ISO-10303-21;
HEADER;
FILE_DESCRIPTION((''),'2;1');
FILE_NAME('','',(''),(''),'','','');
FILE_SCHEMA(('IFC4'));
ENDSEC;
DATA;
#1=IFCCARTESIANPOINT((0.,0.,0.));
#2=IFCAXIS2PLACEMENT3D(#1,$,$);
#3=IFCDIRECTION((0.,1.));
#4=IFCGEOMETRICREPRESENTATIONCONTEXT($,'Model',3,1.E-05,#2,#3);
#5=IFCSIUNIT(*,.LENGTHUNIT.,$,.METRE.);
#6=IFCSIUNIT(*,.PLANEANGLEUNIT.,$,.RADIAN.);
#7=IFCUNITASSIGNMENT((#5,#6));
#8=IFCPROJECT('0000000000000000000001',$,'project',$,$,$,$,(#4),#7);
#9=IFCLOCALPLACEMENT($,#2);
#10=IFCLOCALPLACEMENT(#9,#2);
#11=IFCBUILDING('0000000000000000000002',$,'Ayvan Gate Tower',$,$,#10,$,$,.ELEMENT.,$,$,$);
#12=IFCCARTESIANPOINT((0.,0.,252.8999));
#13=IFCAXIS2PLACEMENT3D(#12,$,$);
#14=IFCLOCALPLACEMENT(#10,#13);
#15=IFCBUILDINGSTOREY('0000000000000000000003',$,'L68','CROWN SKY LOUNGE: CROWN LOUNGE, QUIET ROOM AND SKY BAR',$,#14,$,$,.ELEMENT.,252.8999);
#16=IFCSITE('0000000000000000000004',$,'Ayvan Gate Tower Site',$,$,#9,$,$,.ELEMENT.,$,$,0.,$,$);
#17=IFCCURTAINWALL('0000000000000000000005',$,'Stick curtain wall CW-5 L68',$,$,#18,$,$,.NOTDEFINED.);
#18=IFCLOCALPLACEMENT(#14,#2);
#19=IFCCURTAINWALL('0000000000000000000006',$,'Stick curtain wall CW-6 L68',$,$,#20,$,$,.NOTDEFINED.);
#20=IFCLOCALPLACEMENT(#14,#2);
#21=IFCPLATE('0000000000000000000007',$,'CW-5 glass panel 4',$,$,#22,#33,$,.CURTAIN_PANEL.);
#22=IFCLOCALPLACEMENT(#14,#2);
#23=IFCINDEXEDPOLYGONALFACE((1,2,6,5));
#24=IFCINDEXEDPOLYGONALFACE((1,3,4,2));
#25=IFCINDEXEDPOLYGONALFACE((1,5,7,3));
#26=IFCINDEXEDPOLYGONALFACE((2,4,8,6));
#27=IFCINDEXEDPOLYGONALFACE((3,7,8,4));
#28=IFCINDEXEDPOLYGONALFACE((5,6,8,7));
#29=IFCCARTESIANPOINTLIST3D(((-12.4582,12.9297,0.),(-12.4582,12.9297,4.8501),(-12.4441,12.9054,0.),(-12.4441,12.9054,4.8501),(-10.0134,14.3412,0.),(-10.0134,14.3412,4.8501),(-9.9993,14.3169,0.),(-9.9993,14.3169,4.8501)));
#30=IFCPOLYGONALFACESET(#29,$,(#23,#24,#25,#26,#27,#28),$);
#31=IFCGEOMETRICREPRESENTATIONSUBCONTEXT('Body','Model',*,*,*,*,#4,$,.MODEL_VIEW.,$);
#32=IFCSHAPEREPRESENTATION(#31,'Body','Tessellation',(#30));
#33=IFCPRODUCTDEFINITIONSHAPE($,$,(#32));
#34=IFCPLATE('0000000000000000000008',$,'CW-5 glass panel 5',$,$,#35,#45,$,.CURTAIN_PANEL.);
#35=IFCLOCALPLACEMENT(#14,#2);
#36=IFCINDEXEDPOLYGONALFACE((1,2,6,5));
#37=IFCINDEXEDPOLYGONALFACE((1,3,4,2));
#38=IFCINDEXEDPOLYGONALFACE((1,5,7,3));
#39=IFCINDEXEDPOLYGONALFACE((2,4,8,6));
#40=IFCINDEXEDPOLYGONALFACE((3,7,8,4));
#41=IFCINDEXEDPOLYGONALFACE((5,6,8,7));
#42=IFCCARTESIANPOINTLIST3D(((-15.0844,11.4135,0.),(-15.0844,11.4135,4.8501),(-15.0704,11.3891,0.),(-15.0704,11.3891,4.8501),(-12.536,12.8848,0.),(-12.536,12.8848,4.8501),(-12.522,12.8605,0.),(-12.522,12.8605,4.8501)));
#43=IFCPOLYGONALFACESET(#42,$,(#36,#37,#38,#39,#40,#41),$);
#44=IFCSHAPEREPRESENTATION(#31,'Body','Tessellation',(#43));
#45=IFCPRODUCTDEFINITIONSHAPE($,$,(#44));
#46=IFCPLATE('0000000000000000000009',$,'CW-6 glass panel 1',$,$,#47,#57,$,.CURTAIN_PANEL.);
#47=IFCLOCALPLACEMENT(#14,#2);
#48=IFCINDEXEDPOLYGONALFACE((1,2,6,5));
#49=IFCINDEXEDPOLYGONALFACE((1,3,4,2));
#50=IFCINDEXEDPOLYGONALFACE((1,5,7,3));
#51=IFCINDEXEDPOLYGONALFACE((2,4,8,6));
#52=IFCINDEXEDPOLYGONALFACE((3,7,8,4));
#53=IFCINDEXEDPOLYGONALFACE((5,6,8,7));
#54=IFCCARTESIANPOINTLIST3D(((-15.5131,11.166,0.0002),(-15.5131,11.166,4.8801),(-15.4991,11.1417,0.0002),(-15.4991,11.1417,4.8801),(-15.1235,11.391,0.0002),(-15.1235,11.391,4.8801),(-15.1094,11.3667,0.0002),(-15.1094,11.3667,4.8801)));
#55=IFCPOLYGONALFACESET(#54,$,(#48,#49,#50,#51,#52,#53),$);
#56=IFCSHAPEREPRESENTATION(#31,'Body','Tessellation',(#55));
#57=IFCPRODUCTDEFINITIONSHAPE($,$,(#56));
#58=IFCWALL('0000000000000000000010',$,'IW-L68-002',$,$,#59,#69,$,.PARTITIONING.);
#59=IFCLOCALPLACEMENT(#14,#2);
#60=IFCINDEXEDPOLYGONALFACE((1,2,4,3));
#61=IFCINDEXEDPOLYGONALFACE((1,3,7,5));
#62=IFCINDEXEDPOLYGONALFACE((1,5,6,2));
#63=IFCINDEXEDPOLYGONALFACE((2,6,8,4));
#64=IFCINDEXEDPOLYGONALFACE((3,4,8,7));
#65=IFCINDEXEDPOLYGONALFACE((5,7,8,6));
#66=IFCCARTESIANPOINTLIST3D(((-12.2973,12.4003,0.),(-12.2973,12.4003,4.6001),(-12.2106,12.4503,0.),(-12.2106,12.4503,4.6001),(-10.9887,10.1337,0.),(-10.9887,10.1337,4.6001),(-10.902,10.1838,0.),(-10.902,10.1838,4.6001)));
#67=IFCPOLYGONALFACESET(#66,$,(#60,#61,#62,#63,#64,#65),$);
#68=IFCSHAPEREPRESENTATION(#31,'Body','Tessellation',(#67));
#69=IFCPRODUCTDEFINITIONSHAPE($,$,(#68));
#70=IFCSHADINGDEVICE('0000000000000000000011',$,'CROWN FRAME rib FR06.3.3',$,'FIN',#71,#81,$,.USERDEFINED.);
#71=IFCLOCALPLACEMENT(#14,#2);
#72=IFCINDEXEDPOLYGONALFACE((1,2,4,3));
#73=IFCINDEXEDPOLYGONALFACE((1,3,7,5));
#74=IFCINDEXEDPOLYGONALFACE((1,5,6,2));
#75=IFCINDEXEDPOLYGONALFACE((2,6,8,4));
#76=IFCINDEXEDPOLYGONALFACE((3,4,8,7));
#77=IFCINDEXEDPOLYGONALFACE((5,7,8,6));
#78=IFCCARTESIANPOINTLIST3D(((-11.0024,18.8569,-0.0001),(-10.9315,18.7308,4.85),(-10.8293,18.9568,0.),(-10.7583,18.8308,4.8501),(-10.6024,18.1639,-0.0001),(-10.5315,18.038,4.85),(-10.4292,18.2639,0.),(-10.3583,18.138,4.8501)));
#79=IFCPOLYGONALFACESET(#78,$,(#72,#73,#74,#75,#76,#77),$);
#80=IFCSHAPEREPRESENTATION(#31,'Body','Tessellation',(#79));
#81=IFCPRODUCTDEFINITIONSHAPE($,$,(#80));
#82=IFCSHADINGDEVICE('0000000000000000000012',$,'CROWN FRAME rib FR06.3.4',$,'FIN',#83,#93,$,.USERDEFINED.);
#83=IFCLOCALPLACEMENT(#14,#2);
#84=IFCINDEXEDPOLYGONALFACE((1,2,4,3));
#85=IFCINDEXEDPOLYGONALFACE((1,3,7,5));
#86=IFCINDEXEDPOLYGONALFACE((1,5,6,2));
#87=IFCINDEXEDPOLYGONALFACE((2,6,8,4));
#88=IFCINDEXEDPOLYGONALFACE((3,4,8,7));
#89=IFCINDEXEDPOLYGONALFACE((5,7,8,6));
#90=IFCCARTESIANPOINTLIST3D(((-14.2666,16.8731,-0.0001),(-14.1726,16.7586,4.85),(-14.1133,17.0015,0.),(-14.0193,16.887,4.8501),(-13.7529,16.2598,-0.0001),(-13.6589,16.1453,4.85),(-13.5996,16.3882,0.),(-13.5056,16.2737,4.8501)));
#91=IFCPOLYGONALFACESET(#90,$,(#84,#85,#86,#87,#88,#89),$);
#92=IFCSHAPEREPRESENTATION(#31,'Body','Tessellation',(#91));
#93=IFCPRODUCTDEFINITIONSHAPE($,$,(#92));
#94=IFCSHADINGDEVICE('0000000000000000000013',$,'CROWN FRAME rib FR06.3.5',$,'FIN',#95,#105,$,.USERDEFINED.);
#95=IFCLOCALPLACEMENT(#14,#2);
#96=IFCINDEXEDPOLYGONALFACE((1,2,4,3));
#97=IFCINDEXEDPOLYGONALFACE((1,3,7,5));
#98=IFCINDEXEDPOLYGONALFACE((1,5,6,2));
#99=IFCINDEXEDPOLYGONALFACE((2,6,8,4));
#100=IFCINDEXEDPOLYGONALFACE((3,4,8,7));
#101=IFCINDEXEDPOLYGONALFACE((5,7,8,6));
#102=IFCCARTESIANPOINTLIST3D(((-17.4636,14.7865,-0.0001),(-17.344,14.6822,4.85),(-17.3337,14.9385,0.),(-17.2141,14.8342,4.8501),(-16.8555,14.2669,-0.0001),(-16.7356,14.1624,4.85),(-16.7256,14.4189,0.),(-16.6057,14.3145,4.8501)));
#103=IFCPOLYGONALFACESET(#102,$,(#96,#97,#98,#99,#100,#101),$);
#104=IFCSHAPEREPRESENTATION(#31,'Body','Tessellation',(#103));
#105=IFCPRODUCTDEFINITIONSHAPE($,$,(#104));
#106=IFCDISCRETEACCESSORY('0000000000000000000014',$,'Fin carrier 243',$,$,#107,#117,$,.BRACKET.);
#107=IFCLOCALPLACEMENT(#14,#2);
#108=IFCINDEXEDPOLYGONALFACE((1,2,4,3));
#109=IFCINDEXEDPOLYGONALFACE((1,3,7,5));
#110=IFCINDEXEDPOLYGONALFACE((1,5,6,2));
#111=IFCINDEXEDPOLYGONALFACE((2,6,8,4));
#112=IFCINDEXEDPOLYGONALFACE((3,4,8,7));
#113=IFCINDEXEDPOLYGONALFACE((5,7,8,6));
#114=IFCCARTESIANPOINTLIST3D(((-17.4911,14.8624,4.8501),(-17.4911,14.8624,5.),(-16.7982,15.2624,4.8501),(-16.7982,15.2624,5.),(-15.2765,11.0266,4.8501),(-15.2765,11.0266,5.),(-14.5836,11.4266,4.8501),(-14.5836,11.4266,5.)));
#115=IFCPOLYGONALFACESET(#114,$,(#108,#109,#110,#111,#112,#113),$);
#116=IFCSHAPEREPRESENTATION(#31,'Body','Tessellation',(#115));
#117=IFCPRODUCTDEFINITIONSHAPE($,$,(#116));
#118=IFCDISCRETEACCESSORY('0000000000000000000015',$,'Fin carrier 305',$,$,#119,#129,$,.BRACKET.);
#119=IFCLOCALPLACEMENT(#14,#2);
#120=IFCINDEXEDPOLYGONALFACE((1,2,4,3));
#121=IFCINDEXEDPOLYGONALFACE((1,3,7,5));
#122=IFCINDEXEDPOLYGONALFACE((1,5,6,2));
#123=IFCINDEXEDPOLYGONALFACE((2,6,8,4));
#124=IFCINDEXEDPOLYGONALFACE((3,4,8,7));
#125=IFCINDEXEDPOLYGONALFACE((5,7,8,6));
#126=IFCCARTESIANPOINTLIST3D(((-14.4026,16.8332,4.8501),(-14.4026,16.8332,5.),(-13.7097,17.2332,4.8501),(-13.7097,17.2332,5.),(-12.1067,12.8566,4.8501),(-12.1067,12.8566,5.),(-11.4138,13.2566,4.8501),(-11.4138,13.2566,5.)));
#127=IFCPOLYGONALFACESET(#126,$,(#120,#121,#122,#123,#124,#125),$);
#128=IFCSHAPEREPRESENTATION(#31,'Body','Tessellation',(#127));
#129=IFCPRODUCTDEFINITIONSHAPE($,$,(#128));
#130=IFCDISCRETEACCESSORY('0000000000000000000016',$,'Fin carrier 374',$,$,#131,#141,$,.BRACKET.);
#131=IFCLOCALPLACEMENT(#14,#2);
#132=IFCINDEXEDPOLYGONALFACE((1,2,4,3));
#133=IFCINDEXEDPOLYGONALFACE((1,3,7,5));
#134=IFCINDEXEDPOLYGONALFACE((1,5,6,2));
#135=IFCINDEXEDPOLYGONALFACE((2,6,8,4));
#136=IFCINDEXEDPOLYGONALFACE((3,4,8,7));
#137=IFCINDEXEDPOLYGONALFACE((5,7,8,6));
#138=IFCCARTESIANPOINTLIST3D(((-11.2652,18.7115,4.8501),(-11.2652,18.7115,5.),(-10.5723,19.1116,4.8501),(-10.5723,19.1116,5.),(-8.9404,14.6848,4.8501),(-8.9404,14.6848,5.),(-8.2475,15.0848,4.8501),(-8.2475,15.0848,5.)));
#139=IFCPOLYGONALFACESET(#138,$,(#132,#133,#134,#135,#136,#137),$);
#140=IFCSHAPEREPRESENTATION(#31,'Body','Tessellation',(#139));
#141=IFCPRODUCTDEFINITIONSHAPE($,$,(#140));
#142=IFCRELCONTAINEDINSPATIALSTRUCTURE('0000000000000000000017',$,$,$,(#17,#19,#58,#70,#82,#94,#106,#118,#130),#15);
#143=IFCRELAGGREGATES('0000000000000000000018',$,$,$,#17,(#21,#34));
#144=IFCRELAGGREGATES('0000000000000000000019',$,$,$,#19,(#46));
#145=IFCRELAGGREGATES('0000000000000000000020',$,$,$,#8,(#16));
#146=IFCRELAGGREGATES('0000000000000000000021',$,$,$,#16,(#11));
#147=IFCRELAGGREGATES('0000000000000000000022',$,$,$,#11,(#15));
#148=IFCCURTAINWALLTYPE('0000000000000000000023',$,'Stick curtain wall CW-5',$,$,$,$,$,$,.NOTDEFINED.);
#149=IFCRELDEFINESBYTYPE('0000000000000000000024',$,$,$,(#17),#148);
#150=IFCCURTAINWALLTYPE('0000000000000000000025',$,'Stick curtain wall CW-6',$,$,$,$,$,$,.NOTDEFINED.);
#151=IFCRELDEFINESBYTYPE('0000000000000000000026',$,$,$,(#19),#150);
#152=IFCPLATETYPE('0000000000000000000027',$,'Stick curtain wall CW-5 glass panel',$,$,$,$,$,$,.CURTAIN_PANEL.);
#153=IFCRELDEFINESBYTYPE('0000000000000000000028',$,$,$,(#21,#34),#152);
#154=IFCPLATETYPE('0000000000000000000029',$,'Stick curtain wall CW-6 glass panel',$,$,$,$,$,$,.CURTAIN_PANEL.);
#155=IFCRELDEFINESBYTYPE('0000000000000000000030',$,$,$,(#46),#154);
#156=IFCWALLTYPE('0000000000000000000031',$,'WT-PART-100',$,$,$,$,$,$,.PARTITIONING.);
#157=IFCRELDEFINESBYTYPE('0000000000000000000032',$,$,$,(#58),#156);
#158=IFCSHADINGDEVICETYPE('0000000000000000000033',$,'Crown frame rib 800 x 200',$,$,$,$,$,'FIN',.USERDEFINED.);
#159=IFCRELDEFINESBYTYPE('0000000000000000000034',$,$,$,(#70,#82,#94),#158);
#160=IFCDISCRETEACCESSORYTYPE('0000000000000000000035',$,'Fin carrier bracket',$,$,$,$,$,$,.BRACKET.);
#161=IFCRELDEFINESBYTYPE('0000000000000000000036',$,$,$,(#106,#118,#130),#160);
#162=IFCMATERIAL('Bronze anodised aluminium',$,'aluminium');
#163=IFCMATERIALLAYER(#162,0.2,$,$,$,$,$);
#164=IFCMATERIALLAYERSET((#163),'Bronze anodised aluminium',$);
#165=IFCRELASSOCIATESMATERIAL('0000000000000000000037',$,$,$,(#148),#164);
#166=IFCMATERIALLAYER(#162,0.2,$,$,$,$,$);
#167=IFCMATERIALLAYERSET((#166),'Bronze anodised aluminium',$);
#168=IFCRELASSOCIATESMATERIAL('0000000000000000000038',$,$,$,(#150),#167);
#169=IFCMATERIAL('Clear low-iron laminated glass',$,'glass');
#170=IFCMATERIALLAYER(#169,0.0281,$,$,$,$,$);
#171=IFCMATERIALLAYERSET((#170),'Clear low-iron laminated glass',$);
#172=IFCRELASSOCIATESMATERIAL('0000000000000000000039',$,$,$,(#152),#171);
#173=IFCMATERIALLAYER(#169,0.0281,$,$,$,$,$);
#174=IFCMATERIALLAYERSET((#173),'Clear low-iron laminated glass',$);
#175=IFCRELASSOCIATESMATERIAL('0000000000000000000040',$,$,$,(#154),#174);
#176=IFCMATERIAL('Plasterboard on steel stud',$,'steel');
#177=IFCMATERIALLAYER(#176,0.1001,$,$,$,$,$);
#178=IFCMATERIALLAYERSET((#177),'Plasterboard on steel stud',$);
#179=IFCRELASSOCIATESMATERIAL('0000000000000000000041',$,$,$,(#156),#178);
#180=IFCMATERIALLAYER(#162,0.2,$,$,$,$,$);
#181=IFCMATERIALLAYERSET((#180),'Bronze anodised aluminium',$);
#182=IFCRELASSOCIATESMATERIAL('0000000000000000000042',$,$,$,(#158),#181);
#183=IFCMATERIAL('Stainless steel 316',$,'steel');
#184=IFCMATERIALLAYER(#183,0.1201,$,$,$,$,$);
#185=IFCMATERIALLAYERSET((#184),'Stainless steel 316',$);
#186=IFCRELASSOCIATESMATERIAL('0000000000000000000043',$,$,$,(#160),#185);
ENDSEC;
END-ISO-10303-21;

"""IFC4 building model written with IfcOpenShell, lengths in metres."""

from ifc_helpers import new_model, si_unit, direction, frame, frame_2d, origin, origin_2d, place, context, subcontext, project, spatial, polyline, rectangle, outline, extrude, material, layer, layer_set, type_object, element, aggregate, save


model = new_model("IFC4")

# Units and contexts
model_context = context("Model", 3, precision=1e-05, world=origin(), true_north=direction((0.0, 1.0)))
body_context = subcontext(model_context, "Body", "Model", "MODEL_VIEW")
ifc_project = project(units=[si_unit("LENGTHUNIT", "METRE"), si_unit("PLANEANGLEUNIT", "RADIAN")], contexts=[model_context])

# Site, building, storey
site_placement = place(None, origin())
site = spatial("IfcSite", under=ifc_project, at=site_placement, Name="Ayvan Gate Tower Site", CompositionType="ELEMENT", RefElevation=0.0)
building_placement = place(site_placement, origin())
building = spatial("IfcBuilding", under=site, at=building_placement, Name="Ayvan Gate Tower", CompositionType="ELEMENT")
storey_placement = place(building_placement, frame((0.0, 0.0, 252.8999)))
storey = spatial("IfcBuildingStorey", under=building, at=storey_placement, Name="L68", Description="CROWN SKY LOUNGE: CROWN LOUNGE, QUIET ROOM AND SKY BAR", CompositionType="ELEMENT", Elevation=252.8999)

# Curtain walls
ifc_material_1 = material(Name="Bronze anodised aluminium", Category="aluminium")
ifc_layer_1 = layer(ifc_material_1, 0.2)
ifc_layer_set_1 = layer_set([ifc_layer_1], Name="Bronze anodised aluminium")
curtain_wall_type_1 = type_object("IfcCurtainWallType", Name="Stick curtain wall CW-5", PredefinedType="NOTDEFINED", material=ifc_layer_set_1)
curtain_wall_1_placement = place(storey_placement, origin())
curtain_wall_1 = element("IfcCurtainWall", 1, at=curtain_wall_1_placement, inside=storey, type_object=curtain_wall_type_1, Name="Stick curtain wall CW-5 L68", PredefinedType="NOTDEFINED")
ifc_layer_2 = layer(ifc_material_1, 0.2)
ifc_layer_set_2 = layer_set([ifc_layer_2], Name="Bronze anodised aluminium")
curtain_wall_type_2 = type_object("IfcCurtainWallType", Name="Stick curtain wall CW-6", PredefinedType="NOTDEFINED", material=ifc_layer_set_2)
curtain_wall_2_placement = place(storey_placement, origin())
curtain_wall_2 = element("IfcCurtainWall", 2, at=curtain_wall_2_placement, inside=storey, type_object=curtain_wall_type_2, Name="Stick curtain wall CW-6 L68", PredefinedType="NOTDEFINED")

# Plates
ifc_material_2 = material(Name="Clear low-iron laminated glass", Category="glass")
ifc_layer_3 = layer(ifc_material_2, 0.0281)
ifc_layer_set_3 = layer_set([ifc_layer_3], Name="Clear low-iron laminated glass")
plate_type_1 = type_object("IfcPlateType", Name="Stick curtain wall CW-5 glass panel", PredefinedType="CURTAIN_PANEL", material=ifc_layer_set_3)
plate_1_placement = place(storey_placement, frame((-11.2288, 13.6233, 0.0), z_axis=(0.0, 0.0, 1.0), x_axis=(-0.866025, -0.5, 0.0)))
plate_1 = element("IfcPlate", 3, at=plate_1_placement, type_object=plate_type_1, Name="CW-5 glass panel 4", PredefinedType="CURTAIN_PANEL", context=body_context, shape_type="SweptSolid", body=[
    extrude(rectangle(XDim=2.823, YDim=0.0281, at=origin_2d()), origin(), (0.0, 0.0, 1.0), 4.8501),
])
plate_2_placement = place(storey_placement, frame((-13.8032, 12.137, 0.0), z_axis=(0.0, 0.0, 1.0), x_axis=(-0.866025, -0.5, 0.0)))
plate_2 = element("IfcPlate", 4, at=plate_2_placement, type_object=plate_type_1, Name="CW-5 glass panel 5", PredefinedType="CURTAIN_PANEL", context=body_context, shape_type="SweptSolid", body=[
    extrude(rectangle(XDim=2.9426, YDim=0.0281, at=origin_2d()), origin(), (0.0, 0.0, 1.0), 4.8501),
])
aggregate(curtain_wall_1, [plate_1, plate_2])
ifc_layer_4 = layer(ifc_material_2, 0.0281)
ifc_layer_set_4 = layer_set([ifc_layer_4], Name="Clear low-iron laminated glass")
plate_type_2 = type_object("IfcPlateType", Name="Stick curtain wall CW-6 glass panel", PredefinedType="CURTAIN_PANEL", material=ifc_layer_set_4)
plate_3_placement = place(storey_placement, frame((-15.3113, 11.2664, 0.0002), z_axis=(0.0, 0.0, 1.0), x_axis=(-0.866025, -0.5, 0.0)))
plate_3 = element("IfcPlate", 5, at=plate_3_placement, type_object=plate_type_2, Name="CW-6 glass panel 1", PredefinedType="CURTAIN_PANEL", context=body_context, shape_type="SweptSolid", body=[
    extrude(rectangle(XDim=0.45, YDim=0.0281, at=origin_2d()), origin(), (0.0, 0.0, 1.0), 4.8799),
])
aggregate(curtain_wall_2, [plate_3])

# Wall
ifc_material_3 = material(Name="Plasterboard on steel stud", Category="steel")
ifc_layer_5 = layer(ifc_material_3, 0.1001)
ifc_layer_set_5 = layer_set([ifc_layer_5], Name="Plasterboard on steel stud")
wall_type = type_object("IfcWallType", Name="WT-PART-100", PredefinedType="PARTITIONING", material=ifc_layer_set_5)
wall_placement = place(storey_placement, frame((-12.2539, 12.4253, 0.0), z_axis=(0.0, 0.0, 1.0), x_axis=(0.499992, -0.86603, 0.0)))
element("IfcWall", 6, at=wall_placement, inside=storey, type_object=wall_type, Name="IW-L68-002", PredefinedType="PARTITIONING", context=body_context, shape_type="SweptSolid", body=[
    extrude(rectangle(XDim=2.6172, YDim=0.1001, at=frame_2d((1.3086, 0.0))), origin(), (0.0, 0.0, 1.0), 4.6001),
])

# Shading devices
ifc_layer_6 = layer(ifc_material_1, 0.2)
ifc_layer_set_6 = layer_set([ifc_layer_6], Name="Bronze anodised aluminium")
shading_device_type = type_object("IfcShadingDeviceType", Name="Crown frame rib 800 x 200", ElementType="FIN", PredefinedType="USERDEFINED", material=ifc_layer_set_6)
shading_device_1_placement = place(storey_placement, frame((-10.4292, 18.2639, 0.0), z_axis=(0.866028, 0.499995, 0.000323), x_axis=(-0.499995, 0.866028, 0.0)))
element("IfcShadingDevice", 7, at=shading_device_1_placement, inside=storey, type_object=shading_device_type, Name="CROWN FRAME rib FR06.3.3", ObjectType="FIN", PredefinedType="USERDEFINED", context=body_context, shape_type="SweptSolid", body=[
    extrude(outline(polyline([(0.0, 0.0), (0.8001, 0.0), (0.6555, 4.8501), (-0.1445, 4.8501), (0.0, 0.0)])), origin(), (0.0, 0.0, -1.0), 0.2),
])
shading_device_2_placement = place(storey_placement, frame((-13.5996, 16.3882, 0.0), z_axis=(0.766618, 0.642104, 0.000302), x_axis=(-0.642104, 0.766618, 0.0)))
element("IfcShadingDevice", 8, at=shading_device_2_placement, inside=storey, type_object=shading_device_type, Name="CROWN FRAME rib FR06.3.4", ObjectType="FIN", PredefinedType="USERDEFINED", context=body_context, shape_type="SweptSolid", body=[
    extrude(outline(polyline([(0.0, 0.0), (0.8, 0.0), (0.6518, 4.8501), (-0.1481, 4.8501), (0.0, 0.0)])), origin(), (0.0, 0.0, -1.0), 0.2),
])
shading_device_3_placement = place(storey_placement, frame((-16.7256, 14.4189, 0.0), z_axis=(0.649546, 0.760322, 0.000324), x_axis=(-0.760322, 0.649546, 0.0)))
element("IfcShadingDevice", 9, at=shading_device_3_placement, inside=storey, type_object=shading_device_type, Name="CROWN FRAME rib FR06.3.5", ObjectType="FIN", PredefinedType="USERDEFINED", context=body_context, shape_type="SweptSolid", body=[
    extrude(outline(polyline([(0.0, 0.0), (0.7999, 0.0), (0.6412, 4.8501), (-0.159, 4.8501), (0.0, 0.0)])), origin(), (0.0, 0.0, -1.0), 0.2),
])

# Discrete accessories
ifc_material_4 = material(Name="Stainless steel 316", Category="steel")
ifc_layer_7 = layer(ifc_material_4, 0.1201)
ifc_layer_set_7 = layer_set([ifc_layer_7], Name="Stainless steel 316")
discrete_accessory_type = type_object("IfcDiscreteAccessoryType", Name="Fin carrier bracket", PredefinedType="BRACKET", material=ifc_layer_set_7)
discrete_accessory_1_placement = place(storey_placement, frame((-16.0374, 13.1445, 4.8501), z_axis=(0.0, 0.0, 1.0), x_axis=(-0.866025, -0.5, 0.0)))
element("IfcDiscreteAccessory", 10, at=discrete_accessory_1_placement, inside=storey, type_object=discrete_accessory_type, Name="Fin carrier 243", PredefinedType="BRACKET", context=body_context, shape_type="SweptSolid", body=[
    extrude(rectangle(XDim=0.8, YDim=4.4292, at=origin_2d()), origin(), (0.0, 0.0, 1.0), 0.1499),
])
discrete_accessory_2_placement = place(storey_placement, frame((-12.9082, 15.0449, 4.8501), z_axis=(0.0, 0.0, 1.0), x_axis=(-0.866025, -0.5, 0.0)))
element("IfcDiscreteAccessory", 11, at=discrete_accessory_2_placement, inside=storey, type_object=discrete_accessory_type, Name="Fin carrier 305", PredefinedType="BRACKET", context=body_context, shape_type="SweptSolid", body=[
    extrude(rectangle(XDim=0.8, YDim=4.5918, at=origin_2d()), origin(), (0.0, 0.0, 1.0), 0.1499),
])
discrete_accessory_3_placement = place(storey_placement, frame((-9.7563, 16.8982, 4.8501), z_axis=(0.0, 0.0, 1.0), x_axis=(-0.866025, -0.5, 0.0)))
element("IfcDiscreteAccessory", 12, at=discrete_accessory_3_placement, inside=storey, type_object=discrete_accessory_type, Name="Fin carrier 374", PredefinedType="BRACKET", context=body_context, shape_type="SweptSolid", body=[
    extrude(rectangle(XDim=0.8, YDim=4.6497, at=origin_2d()), origin(), (0.0, 0.0, 1.0), 0.1499),
])

save(model, "model.ifc")
